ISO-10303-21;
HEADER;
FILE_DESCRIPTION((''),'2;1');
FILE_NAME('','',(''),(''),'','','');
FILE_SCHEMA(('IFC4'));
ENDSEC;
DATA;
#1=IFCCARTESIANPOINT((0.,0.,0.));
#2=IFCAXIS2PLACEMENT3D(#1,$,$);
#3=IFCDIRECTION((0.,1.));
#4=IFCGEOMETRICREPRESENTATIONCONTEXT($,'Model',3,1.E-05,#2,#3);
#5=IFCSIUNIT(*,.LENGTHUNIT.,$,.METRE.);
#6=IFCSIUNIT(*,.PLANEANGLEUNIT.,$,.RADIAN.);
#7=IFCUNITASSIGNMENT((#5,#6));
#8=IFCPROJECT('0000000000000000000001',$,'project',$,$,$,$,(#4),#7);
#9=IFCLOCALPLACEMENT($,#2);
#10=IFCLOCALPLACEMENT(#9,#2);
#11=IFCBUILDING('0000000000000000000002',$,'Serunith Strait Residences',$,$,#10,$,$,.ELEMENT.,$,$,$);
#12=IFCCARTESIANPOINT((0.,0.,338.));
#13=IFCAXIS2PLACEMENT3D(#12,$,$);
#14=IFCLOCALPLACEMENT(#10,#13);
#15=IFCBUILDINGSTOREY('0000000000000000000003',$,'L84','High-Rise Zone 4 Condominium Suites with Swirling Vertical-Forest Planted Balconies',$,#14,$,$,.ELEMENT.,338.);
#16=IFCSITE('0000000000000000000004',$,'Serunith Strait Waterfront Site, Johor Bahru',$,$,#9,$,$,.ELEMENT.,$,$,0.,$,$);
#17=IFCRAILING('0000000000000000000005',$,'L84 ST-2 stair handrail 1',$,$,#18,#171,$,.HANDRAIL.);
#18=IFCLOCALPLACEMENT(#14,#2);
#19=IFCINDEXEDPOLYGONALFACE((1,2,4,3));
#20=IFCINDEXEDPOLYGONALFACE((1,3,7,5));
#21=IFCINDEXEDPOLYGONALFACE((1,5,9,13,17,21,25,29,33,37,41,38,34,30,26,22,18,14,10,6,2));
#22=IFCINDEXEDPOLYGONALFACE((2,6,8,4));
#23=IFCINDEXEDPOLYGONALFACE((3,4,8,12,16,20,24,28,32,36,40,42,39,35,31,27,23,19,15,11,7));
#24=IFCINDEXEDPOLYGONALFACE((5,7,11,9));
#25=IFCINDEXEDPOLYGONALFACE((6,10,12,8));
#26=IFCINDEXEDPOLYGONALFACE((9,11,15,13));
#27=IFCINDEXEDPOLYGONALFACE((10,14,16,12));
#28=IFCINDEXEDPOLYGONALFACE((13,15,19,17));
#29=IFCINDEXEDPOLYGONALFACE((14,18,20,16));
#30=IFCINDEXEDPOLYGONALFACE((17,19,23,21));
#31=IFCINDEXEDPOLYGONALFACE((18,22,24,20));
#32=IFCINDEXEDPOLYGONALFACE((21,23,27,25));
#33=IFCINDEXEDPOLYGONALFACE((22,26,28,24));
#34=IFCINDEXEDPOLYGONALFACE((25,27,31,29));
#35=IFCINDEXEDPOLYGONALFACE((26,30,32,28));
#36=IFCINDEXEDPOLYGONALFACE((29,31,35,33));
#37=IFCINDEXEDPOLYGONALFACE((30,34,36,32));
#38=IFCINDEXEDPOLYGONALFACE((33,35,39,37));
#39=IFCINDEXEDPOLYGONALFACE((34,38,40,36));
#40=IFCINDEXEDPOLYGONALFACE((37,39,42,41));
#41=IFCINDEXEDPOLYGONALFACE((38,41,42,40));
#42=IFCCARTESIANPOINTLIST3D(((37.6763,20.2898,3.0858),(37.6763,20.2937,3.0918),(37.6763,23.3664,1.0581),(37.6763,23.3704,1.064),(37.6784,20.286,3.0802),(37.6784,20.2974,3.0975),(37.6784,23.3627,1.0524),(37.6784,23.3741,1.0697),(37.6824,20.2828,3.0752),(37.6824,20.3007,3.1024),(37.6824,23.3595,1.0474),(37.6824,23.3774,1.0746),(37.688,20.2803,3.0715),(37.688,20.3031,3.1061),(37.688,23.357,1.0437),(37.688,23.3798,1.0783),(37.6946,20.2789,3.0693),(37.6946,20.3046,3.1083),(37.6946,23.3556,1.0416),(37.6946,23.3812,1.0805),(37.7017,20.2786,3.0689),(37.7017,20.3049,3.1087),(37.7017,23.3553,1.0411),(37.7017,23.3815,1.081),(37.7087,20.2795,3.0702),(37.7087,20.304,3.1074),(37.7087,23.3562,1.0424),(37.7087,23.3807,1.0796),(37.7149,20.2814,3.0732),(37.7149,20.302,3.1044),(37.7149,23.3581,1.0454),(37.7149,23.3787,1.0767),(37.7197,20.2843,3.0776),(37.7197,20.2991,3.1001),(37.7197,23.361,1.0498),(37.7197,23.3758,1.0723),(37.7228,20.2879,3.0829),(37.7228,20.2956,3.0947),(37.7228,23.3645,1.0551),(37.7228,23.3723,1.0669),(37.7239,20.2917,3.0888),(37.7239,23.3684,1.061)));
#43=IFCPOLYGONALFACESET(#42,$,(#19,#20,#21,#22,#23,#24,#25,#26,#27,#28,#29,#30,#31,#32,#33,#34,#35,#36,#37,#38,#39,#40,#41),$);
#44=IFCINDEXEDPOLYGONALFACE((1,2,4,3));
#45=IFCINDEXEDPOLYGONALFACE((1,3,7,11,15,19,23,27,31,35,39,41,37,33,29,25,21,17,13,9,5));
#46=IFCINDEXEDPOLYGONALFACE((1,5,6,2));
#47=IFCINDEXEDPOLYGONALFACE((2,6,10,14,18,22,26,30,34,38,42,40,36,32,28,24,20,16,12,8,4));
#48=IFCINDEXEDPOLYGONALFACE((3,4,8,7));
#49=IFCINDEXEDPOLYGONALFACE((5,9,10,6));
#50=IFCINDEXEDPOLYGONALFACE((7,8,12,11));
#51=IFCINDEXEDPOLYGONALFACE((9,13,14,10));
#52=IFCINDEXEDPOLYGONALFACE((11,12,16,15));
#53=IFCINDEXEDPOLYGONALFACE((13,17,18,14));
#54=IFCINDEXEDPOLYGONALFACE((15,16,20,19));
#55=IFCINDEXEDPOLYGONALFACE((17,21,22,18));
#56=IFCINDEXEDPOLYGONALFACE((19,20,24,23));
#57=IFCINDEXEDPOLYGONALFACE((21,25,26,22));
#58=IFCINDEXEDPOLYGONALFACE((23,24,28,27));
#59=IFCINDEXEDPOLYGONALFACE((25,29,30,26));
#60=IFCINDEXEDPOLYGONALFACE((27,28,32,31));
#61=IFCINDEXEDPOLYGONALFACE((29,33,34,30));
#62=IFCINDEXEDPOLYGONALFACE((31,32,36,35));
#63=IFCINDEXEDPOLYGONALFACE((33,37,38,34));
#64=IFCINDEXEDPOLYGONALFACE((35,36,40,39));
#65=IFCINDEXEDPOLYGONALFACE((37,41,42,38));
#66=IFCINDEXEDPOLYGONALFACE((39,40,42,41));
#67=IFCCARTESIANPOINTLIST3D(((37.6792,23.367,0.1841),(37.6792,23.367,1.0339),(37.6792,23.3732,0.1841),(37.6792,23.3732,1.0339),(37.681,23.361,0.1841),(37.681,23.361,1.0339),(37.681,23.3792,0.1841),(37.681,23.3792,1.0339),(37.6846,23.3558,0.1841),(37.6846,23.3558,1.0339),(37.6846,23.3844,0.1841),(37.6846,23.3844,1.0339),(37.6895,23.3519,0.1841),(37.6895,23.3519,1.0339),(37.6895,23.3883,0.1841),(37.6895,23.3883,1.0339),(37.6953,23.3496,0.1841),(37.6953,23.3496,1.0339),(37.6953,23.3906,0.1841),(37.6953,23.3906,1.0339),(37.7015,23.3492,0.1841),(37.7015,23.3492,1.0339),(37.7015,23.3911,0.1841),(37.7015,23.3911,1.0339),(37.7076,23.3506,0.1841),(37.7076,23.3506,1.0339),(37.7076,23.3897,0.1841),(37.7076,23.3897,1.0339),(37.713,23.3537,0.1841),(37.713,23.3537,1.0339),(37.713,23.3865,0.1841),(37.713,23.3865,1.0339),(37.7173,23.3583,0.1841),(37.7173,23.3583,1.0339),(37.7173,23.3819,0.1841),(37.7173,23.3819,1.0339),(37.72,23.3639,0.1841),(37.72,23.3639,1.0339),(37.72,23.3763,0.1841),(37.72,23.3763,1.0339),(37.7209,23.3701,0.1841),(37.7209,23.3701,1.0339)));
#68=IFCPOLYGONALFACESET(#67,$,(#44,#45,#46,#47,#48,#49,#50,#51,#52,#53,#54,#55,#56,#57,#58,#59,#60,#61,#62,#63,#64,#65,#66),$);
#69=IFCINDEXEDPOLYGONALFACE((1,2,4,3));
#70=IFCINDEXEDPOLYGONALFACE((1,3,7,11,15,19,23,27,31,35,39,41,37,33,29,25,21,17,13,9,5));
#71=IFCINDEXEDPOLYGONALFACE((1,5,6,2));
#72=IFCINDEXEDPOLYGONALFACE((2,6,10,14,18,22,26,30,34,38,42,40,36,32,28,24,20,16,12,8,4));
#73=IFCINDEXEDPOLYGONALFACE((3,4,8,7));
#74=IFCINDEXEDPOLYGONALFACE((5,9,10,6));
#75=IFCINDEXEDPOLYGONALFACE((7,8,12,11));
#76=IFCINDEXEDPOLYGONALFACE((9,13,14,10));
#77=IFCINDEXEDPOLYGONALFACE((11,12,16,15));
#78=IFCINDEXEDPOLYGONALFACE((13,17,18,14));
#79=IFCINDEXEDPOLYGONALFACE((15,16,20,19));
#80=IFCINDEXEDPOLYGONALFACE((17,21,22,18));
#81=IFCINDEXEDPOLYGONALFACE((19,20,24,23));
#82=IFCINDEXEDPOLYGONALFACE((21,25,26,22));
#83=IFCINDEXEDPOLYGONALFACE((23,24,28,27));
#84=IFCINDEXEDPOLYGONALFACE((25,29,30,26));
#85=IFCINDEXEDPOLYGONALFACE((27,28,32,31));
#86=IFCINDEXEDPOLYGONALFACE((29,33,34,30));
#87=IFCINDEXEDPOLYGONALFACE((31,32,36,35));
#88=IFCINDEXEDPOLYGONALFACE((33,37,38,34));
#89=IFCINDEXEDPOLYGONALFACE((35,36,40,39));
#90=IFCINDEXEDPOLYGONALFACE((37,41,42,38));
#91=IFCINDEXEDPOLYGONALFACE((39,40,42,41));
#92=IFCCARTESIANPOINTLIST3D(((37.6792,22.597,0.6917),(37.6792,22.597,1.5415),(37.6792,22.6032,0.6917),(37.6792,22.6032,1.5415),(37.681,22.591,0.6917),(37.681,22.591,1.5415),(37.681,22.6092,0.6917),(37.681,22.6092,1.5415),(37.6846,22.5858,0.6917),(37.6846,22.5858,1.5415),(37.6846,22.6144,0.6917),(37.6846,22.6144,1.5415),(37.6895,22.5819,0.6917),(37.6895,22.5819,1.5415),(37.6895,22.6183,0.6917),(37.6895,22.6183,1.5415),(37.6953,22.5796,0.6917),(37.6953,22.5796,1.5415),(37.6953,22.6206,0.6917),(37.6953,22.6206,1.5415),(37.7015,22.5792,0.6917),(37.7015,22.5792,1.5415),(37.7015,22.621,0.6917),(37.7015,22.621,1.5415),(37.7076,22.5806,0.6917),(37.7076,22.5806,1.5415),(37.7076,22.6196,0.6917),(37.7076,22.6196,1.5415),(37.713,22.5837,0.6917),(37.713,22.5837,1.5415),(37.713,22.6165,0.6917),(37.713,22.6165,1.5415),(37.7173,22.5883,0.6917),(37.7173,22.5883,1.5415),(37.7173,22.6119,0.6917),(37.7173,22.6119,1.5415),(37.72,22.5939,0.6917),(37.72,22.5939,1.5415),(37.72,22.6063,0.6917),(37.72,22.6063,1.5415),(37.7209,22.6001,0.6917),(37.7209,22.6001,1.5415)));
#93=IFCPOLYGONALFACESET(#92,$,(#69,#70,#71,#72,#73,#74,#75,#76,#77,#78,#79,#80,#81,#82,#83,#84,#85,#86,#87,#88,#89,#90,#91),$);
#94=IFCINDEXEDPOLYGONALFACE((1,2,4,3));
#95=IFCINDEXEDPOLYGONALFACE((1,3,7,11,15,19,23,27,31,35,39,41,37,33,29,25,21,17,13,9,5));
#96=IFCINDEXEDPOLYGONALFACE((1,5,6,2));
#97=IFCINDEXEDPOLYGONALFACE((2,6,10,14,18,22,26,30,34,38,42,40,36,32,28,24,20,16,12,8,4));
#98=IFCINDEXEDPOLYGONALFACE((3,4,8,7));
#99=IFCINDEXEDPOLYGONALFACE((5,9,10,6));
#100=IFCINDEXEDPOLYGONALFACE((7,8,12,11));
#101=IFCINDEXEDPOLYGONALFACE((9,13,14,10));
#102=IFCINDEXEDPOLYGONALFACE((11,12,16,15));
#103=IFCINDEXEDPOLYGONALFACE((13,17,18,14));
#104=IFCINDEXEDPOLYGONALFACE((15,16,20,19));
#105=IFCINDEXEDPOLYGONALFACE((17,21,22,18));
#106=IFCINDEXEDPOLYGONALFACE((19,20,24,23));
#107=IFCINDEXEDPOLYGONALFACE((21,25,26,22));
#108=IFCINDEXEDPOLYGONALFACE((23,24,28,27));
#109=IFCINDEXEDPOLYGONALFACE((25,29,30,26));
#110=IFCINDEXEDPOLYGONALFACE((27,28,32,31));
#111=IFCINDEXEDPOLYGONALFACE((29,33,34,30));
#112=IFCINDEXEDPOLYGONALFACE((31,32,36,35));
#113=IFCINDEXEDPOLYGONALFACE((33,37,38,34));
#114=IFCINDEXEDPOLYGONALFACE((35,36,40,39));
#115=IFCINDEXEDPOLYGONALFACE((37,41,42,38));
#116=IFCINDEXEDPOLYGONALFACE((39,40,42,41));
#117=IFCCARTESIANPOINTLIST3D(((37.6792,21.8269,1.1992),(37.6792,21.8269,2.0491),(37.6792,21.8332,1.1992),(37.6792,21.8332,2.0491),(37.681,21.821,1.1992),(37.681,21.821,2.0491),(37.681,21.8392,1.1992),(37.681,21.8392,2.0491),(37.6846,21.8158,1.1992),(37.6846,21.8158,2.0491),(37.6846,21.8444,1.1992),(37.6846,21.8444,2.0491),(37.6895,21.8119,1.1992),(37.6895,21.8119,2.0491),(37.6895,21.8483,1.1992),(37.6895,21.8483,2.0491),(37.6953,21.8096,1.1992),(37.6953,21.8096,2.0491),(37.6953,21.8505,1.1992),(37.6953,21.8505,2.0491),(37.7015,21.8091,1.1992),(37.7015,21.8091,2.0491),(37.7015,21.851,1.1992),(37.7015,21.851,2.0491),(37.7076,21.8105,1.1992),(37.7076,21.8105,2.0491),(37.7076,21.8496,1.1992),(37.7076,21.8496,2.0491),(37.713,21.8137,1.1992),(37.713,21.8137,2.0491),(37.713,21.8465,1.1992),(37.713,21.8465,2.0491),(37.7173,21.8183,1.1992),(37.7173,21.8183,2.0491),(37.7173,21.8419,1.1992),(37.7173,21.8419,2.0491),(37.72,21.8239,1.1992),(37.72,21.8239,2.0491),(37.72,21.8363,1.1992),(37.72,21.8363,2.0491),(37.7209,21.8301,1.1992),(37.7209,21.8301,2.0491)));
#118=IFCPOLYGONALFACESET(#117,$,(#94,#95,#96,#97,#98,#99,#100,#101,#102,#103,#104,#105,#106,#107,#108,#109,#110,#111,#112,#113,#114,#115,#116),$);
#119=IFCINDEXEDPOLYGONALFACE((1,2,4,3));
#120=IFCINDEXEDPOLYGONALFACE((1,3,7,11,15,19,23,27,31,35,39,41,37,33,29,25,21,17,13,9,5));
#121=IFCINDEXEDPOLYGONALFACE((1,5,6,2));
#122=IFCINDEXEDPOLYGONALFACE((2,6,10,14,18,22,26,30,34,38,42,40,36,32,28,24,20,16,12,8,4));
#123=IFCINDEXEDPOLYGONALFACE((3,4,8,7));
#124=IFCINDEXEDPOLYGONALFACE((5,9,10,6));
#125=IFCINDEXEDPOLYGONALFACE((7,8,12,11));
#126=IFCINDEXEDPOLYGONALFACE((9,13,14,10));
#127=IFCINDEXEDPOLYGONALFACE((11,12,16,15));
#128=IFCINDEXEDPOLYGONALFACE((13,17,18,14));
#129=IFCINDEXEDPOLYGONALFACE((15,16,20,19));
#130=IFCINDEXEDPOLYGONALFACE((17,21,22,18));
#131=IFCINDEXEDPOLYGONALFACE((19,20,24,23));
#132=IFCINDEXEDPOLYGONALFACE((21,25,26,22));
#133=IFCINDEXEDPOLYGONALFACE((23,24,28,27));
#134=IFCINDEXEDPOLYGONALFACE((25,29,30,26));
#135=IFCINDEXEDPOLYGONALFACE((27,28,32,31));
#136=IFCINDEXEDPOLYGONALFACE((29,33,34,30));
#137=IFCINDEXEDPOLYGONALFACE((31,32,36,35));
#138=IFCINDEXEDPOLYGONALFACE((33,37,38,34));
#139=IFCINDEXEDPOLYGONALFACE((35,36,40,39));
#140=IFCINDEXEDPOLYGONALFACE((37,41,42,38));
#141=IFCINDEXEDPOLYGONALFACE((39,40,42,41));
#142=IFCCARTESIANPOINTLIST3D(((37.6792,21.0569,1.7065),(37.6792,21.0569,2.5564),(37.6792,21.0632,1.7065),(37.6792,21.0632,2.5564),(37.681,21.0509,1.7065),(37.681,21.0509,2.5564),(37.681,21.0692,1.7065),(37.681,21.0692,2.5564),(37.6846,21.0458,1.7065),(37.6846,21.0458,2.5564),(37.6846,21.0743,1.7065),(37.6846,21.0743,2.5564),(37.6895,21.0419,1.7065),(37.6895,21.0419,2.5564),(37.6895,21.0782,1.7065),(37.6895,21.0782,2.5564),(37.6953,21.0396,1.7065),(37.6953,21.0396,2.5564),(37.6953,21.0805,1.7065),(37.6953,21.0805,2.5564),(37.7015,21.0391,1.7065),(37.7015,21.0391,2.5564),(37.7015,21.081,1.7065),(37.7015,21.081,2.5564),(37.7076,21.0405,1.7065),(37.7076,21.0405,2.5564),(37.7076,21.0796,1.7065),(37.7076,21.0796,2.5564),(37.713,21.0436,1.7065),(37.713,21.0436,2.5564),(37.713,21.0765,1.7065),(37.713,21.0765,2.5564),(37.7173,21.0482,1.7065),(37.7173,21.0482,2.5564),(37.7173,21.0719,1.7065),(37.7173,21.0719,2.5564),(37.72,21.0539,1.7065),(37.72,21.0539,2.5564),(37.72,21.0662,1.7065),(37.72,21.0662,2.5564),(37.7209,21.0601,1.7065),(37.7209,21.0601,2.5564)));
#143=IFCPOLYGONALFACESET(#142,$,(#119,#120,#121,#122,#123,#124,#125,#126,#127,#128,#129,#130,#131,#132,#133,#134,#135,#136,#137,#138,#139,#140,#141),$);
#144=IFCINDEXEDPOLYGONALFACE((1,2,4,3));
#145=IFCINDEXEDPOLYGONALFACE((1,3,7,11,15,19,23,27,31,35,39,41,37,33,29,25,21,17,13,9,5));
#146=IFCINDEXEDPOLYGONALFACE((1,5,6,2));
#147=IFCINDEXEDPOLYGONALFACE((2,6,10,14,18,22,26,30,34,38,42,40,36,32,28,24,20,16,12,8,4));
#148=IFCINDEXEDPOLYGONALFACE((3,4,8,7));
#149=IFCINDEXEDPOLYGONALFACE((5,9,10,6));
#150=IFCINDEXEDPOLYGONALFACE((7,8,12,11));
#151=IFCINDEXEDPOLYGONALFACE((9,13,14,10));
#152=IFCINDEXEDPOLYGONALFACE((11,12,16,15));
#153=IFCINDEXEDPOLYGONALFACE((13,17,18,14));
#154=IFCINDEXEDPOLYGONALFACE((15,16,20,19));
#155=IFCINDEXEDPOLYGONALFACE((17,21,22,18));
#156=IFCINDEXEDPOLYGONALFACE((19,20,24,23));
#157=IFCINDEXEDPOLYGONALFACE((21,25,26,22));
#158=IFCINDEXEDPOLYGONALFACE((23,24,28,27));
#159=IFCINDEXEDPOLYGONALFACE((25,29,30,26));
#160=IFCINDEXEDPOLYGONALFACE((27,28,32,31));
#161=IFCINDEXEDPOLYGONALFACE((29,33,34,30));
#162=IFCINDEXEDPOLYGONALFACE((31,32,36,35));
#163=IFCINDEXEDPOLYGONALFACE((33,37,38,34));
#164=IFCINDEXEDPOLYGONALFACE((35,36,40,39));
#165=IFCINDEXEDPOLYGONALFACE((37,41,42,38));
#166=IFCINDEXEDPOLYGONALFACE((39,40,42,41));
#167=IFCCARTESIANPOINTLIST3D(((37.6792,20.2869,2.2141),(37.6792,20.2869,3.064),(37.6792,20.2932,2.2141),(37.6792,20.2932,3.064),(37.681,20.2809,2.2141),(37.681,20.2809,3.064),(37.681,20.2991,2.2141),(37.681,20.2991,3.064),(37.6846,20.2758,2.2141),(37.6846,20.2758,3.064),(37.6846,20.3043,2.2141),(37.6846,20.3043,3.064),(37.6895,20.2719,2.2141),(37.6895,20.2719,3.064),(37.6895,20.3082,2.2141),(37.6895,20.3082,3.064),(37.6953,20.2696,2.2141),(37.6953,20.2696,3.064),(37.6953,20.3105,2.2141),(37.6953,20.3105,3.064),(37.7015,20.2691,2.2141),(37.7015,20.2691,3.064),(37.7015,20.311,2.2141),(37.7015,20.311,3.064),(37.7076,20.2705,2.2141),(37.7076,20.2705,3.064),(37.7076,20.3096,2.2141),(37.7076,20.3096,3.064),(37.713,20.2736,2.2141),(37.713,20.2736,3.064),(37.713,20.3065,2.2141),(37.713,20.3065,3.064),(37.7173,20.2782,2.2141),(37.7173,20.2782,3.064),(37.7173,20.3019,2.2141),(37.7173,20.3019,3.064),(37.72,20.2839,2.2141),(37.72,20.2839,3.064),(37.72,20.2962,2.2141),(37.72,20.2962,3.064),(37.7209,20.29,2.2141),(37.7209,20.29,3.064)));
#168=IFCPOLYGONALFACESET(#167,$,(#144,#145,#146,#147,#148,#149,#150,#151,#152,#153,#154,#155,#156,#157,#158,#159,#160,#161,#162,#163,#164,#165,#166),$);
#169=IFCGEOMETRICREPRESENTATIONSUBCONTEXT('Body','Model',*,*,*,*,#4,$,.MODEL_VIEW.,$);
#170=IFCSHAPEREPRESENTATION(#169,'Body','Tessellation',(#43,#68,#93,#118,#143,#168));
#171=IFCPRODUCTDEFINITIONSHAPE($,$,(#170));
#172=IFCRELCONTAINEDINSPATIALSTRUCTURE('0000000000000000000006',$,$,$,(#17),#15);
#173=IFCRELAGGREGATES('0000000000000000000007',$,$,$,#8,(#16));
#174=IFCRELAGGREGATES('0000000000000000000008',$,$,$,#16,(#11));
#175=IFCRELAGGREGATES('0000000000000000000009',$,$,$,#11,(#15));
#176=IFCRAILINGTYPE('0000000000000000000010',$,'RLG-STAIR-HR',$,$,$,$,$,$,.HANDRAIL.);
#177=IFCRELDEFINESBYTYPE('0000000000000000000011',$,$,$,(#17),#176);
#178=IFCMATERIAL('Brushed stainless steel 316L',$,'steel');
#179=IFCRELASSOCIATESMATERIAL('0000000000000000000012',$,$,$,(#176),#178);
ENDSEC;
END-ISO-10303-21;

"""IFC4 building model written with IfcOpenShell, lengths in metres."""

from ifc_helpers import new_model, si_unit, direction, frame, origin, origin_2d, place, context, subcontext, project, spatial, circle, extrude, material, type_object, element, save


model = new_model("IFC4")

# Units and contexts
model_context = context("Model", 3, precision=1e-05, world=origin(), true_north=direction((0.0, 1.0)))
body_context = subcontext(model_context, "Body", "Model", "MODEL_VIEW")
ifc_project = project(units=[si_unit("LENGTHUNIT", "METRE"), si_unit("PLANEANGLEUNIT", "RADIAN")], contexts=[model_context])

# Site, building, storey
site_placement = place(None, origin())
site = spatial("IfcSite", under=ifc_project, at=site_placement, Name="Serunith Strait Waterfront Site, Johor Bahru", CompositionType="ELEMENT", RefElevation=0.0)
building_placement = place(site_placement, origin())
building = spatial("IfcBuilding", under=site, at=building_placement, Name="Serunith Strait Residences", CompositionType="ELEMENT")
storey_placement = place(building_placement, frame((0.0, 0.0, 338.0)))
storey = spatial("IfcBuildingStorey", under=building, at=storey_placement, Name="L84", Description="High-Rise Zone 4 Condominium Suites with Swirling Vertical-Forest Planted Balconies", CompositionType="ELEMENT", Elevation=338.0)

# Railing
ifc_material_1 = material(Name="Brushed stainless steel 316L", Category="steel")
railing_type_1 = type_object("IfcRailingType", Name="RLG-STAIR-HR", PredefinedType="HANDRAIL", material=ifc_material_1)
railing_1_placement = place(storey_placement, frame((37.7, 23.3701, 0.1841)))
element("IfcRailing", 1, at=railing_1_placement, inside=storey, type_object=railing_type_1, Name="L84 ST-2 stair handrail 1", PredefinedType="HANDRAIL", context=body_context, shape_type="SweptSolid", body=[
    extrude(circle(Radius=0.0239, at=origin_2d()), frame((0.0, -0.0017, 0.877), z_axis=(0.0, -0.834961, 0.550309), x_axis=(1.0, 0.0, 0.0)), (0.0, 0.0, 1.0), 3.6848),
    extrude(circle(Radius=0.021, at=origin_2d()), origin(), (0.0, 0.0, 1.0), 0.8499),
    extrude(circle(Radius=0.021, at=origin_2d()), frame((0.0, -0.77, 0.5076)), (0.0, 0.0, 1.0), 0.8499),
    extrude(circle(Radius=0.021, at=origin_2d()), frame((0.0, -1.54, 1.0151)), (0.0, 0.0, 1.0), 0.8499),
    extrude(circle(Radius=0.021, at=origin_2d()), frame((0.0, -2.3101, 1.5225)), (0.0, 0.0, 1.0), 0.8499),
    extrude(circle(Radius=0.021, at=origin_2d()), frame((0.0, -3.0801, 2.03)), (0.0, 0.0, 1.0), 0.8499),
])

save(model, "model.ifc")
